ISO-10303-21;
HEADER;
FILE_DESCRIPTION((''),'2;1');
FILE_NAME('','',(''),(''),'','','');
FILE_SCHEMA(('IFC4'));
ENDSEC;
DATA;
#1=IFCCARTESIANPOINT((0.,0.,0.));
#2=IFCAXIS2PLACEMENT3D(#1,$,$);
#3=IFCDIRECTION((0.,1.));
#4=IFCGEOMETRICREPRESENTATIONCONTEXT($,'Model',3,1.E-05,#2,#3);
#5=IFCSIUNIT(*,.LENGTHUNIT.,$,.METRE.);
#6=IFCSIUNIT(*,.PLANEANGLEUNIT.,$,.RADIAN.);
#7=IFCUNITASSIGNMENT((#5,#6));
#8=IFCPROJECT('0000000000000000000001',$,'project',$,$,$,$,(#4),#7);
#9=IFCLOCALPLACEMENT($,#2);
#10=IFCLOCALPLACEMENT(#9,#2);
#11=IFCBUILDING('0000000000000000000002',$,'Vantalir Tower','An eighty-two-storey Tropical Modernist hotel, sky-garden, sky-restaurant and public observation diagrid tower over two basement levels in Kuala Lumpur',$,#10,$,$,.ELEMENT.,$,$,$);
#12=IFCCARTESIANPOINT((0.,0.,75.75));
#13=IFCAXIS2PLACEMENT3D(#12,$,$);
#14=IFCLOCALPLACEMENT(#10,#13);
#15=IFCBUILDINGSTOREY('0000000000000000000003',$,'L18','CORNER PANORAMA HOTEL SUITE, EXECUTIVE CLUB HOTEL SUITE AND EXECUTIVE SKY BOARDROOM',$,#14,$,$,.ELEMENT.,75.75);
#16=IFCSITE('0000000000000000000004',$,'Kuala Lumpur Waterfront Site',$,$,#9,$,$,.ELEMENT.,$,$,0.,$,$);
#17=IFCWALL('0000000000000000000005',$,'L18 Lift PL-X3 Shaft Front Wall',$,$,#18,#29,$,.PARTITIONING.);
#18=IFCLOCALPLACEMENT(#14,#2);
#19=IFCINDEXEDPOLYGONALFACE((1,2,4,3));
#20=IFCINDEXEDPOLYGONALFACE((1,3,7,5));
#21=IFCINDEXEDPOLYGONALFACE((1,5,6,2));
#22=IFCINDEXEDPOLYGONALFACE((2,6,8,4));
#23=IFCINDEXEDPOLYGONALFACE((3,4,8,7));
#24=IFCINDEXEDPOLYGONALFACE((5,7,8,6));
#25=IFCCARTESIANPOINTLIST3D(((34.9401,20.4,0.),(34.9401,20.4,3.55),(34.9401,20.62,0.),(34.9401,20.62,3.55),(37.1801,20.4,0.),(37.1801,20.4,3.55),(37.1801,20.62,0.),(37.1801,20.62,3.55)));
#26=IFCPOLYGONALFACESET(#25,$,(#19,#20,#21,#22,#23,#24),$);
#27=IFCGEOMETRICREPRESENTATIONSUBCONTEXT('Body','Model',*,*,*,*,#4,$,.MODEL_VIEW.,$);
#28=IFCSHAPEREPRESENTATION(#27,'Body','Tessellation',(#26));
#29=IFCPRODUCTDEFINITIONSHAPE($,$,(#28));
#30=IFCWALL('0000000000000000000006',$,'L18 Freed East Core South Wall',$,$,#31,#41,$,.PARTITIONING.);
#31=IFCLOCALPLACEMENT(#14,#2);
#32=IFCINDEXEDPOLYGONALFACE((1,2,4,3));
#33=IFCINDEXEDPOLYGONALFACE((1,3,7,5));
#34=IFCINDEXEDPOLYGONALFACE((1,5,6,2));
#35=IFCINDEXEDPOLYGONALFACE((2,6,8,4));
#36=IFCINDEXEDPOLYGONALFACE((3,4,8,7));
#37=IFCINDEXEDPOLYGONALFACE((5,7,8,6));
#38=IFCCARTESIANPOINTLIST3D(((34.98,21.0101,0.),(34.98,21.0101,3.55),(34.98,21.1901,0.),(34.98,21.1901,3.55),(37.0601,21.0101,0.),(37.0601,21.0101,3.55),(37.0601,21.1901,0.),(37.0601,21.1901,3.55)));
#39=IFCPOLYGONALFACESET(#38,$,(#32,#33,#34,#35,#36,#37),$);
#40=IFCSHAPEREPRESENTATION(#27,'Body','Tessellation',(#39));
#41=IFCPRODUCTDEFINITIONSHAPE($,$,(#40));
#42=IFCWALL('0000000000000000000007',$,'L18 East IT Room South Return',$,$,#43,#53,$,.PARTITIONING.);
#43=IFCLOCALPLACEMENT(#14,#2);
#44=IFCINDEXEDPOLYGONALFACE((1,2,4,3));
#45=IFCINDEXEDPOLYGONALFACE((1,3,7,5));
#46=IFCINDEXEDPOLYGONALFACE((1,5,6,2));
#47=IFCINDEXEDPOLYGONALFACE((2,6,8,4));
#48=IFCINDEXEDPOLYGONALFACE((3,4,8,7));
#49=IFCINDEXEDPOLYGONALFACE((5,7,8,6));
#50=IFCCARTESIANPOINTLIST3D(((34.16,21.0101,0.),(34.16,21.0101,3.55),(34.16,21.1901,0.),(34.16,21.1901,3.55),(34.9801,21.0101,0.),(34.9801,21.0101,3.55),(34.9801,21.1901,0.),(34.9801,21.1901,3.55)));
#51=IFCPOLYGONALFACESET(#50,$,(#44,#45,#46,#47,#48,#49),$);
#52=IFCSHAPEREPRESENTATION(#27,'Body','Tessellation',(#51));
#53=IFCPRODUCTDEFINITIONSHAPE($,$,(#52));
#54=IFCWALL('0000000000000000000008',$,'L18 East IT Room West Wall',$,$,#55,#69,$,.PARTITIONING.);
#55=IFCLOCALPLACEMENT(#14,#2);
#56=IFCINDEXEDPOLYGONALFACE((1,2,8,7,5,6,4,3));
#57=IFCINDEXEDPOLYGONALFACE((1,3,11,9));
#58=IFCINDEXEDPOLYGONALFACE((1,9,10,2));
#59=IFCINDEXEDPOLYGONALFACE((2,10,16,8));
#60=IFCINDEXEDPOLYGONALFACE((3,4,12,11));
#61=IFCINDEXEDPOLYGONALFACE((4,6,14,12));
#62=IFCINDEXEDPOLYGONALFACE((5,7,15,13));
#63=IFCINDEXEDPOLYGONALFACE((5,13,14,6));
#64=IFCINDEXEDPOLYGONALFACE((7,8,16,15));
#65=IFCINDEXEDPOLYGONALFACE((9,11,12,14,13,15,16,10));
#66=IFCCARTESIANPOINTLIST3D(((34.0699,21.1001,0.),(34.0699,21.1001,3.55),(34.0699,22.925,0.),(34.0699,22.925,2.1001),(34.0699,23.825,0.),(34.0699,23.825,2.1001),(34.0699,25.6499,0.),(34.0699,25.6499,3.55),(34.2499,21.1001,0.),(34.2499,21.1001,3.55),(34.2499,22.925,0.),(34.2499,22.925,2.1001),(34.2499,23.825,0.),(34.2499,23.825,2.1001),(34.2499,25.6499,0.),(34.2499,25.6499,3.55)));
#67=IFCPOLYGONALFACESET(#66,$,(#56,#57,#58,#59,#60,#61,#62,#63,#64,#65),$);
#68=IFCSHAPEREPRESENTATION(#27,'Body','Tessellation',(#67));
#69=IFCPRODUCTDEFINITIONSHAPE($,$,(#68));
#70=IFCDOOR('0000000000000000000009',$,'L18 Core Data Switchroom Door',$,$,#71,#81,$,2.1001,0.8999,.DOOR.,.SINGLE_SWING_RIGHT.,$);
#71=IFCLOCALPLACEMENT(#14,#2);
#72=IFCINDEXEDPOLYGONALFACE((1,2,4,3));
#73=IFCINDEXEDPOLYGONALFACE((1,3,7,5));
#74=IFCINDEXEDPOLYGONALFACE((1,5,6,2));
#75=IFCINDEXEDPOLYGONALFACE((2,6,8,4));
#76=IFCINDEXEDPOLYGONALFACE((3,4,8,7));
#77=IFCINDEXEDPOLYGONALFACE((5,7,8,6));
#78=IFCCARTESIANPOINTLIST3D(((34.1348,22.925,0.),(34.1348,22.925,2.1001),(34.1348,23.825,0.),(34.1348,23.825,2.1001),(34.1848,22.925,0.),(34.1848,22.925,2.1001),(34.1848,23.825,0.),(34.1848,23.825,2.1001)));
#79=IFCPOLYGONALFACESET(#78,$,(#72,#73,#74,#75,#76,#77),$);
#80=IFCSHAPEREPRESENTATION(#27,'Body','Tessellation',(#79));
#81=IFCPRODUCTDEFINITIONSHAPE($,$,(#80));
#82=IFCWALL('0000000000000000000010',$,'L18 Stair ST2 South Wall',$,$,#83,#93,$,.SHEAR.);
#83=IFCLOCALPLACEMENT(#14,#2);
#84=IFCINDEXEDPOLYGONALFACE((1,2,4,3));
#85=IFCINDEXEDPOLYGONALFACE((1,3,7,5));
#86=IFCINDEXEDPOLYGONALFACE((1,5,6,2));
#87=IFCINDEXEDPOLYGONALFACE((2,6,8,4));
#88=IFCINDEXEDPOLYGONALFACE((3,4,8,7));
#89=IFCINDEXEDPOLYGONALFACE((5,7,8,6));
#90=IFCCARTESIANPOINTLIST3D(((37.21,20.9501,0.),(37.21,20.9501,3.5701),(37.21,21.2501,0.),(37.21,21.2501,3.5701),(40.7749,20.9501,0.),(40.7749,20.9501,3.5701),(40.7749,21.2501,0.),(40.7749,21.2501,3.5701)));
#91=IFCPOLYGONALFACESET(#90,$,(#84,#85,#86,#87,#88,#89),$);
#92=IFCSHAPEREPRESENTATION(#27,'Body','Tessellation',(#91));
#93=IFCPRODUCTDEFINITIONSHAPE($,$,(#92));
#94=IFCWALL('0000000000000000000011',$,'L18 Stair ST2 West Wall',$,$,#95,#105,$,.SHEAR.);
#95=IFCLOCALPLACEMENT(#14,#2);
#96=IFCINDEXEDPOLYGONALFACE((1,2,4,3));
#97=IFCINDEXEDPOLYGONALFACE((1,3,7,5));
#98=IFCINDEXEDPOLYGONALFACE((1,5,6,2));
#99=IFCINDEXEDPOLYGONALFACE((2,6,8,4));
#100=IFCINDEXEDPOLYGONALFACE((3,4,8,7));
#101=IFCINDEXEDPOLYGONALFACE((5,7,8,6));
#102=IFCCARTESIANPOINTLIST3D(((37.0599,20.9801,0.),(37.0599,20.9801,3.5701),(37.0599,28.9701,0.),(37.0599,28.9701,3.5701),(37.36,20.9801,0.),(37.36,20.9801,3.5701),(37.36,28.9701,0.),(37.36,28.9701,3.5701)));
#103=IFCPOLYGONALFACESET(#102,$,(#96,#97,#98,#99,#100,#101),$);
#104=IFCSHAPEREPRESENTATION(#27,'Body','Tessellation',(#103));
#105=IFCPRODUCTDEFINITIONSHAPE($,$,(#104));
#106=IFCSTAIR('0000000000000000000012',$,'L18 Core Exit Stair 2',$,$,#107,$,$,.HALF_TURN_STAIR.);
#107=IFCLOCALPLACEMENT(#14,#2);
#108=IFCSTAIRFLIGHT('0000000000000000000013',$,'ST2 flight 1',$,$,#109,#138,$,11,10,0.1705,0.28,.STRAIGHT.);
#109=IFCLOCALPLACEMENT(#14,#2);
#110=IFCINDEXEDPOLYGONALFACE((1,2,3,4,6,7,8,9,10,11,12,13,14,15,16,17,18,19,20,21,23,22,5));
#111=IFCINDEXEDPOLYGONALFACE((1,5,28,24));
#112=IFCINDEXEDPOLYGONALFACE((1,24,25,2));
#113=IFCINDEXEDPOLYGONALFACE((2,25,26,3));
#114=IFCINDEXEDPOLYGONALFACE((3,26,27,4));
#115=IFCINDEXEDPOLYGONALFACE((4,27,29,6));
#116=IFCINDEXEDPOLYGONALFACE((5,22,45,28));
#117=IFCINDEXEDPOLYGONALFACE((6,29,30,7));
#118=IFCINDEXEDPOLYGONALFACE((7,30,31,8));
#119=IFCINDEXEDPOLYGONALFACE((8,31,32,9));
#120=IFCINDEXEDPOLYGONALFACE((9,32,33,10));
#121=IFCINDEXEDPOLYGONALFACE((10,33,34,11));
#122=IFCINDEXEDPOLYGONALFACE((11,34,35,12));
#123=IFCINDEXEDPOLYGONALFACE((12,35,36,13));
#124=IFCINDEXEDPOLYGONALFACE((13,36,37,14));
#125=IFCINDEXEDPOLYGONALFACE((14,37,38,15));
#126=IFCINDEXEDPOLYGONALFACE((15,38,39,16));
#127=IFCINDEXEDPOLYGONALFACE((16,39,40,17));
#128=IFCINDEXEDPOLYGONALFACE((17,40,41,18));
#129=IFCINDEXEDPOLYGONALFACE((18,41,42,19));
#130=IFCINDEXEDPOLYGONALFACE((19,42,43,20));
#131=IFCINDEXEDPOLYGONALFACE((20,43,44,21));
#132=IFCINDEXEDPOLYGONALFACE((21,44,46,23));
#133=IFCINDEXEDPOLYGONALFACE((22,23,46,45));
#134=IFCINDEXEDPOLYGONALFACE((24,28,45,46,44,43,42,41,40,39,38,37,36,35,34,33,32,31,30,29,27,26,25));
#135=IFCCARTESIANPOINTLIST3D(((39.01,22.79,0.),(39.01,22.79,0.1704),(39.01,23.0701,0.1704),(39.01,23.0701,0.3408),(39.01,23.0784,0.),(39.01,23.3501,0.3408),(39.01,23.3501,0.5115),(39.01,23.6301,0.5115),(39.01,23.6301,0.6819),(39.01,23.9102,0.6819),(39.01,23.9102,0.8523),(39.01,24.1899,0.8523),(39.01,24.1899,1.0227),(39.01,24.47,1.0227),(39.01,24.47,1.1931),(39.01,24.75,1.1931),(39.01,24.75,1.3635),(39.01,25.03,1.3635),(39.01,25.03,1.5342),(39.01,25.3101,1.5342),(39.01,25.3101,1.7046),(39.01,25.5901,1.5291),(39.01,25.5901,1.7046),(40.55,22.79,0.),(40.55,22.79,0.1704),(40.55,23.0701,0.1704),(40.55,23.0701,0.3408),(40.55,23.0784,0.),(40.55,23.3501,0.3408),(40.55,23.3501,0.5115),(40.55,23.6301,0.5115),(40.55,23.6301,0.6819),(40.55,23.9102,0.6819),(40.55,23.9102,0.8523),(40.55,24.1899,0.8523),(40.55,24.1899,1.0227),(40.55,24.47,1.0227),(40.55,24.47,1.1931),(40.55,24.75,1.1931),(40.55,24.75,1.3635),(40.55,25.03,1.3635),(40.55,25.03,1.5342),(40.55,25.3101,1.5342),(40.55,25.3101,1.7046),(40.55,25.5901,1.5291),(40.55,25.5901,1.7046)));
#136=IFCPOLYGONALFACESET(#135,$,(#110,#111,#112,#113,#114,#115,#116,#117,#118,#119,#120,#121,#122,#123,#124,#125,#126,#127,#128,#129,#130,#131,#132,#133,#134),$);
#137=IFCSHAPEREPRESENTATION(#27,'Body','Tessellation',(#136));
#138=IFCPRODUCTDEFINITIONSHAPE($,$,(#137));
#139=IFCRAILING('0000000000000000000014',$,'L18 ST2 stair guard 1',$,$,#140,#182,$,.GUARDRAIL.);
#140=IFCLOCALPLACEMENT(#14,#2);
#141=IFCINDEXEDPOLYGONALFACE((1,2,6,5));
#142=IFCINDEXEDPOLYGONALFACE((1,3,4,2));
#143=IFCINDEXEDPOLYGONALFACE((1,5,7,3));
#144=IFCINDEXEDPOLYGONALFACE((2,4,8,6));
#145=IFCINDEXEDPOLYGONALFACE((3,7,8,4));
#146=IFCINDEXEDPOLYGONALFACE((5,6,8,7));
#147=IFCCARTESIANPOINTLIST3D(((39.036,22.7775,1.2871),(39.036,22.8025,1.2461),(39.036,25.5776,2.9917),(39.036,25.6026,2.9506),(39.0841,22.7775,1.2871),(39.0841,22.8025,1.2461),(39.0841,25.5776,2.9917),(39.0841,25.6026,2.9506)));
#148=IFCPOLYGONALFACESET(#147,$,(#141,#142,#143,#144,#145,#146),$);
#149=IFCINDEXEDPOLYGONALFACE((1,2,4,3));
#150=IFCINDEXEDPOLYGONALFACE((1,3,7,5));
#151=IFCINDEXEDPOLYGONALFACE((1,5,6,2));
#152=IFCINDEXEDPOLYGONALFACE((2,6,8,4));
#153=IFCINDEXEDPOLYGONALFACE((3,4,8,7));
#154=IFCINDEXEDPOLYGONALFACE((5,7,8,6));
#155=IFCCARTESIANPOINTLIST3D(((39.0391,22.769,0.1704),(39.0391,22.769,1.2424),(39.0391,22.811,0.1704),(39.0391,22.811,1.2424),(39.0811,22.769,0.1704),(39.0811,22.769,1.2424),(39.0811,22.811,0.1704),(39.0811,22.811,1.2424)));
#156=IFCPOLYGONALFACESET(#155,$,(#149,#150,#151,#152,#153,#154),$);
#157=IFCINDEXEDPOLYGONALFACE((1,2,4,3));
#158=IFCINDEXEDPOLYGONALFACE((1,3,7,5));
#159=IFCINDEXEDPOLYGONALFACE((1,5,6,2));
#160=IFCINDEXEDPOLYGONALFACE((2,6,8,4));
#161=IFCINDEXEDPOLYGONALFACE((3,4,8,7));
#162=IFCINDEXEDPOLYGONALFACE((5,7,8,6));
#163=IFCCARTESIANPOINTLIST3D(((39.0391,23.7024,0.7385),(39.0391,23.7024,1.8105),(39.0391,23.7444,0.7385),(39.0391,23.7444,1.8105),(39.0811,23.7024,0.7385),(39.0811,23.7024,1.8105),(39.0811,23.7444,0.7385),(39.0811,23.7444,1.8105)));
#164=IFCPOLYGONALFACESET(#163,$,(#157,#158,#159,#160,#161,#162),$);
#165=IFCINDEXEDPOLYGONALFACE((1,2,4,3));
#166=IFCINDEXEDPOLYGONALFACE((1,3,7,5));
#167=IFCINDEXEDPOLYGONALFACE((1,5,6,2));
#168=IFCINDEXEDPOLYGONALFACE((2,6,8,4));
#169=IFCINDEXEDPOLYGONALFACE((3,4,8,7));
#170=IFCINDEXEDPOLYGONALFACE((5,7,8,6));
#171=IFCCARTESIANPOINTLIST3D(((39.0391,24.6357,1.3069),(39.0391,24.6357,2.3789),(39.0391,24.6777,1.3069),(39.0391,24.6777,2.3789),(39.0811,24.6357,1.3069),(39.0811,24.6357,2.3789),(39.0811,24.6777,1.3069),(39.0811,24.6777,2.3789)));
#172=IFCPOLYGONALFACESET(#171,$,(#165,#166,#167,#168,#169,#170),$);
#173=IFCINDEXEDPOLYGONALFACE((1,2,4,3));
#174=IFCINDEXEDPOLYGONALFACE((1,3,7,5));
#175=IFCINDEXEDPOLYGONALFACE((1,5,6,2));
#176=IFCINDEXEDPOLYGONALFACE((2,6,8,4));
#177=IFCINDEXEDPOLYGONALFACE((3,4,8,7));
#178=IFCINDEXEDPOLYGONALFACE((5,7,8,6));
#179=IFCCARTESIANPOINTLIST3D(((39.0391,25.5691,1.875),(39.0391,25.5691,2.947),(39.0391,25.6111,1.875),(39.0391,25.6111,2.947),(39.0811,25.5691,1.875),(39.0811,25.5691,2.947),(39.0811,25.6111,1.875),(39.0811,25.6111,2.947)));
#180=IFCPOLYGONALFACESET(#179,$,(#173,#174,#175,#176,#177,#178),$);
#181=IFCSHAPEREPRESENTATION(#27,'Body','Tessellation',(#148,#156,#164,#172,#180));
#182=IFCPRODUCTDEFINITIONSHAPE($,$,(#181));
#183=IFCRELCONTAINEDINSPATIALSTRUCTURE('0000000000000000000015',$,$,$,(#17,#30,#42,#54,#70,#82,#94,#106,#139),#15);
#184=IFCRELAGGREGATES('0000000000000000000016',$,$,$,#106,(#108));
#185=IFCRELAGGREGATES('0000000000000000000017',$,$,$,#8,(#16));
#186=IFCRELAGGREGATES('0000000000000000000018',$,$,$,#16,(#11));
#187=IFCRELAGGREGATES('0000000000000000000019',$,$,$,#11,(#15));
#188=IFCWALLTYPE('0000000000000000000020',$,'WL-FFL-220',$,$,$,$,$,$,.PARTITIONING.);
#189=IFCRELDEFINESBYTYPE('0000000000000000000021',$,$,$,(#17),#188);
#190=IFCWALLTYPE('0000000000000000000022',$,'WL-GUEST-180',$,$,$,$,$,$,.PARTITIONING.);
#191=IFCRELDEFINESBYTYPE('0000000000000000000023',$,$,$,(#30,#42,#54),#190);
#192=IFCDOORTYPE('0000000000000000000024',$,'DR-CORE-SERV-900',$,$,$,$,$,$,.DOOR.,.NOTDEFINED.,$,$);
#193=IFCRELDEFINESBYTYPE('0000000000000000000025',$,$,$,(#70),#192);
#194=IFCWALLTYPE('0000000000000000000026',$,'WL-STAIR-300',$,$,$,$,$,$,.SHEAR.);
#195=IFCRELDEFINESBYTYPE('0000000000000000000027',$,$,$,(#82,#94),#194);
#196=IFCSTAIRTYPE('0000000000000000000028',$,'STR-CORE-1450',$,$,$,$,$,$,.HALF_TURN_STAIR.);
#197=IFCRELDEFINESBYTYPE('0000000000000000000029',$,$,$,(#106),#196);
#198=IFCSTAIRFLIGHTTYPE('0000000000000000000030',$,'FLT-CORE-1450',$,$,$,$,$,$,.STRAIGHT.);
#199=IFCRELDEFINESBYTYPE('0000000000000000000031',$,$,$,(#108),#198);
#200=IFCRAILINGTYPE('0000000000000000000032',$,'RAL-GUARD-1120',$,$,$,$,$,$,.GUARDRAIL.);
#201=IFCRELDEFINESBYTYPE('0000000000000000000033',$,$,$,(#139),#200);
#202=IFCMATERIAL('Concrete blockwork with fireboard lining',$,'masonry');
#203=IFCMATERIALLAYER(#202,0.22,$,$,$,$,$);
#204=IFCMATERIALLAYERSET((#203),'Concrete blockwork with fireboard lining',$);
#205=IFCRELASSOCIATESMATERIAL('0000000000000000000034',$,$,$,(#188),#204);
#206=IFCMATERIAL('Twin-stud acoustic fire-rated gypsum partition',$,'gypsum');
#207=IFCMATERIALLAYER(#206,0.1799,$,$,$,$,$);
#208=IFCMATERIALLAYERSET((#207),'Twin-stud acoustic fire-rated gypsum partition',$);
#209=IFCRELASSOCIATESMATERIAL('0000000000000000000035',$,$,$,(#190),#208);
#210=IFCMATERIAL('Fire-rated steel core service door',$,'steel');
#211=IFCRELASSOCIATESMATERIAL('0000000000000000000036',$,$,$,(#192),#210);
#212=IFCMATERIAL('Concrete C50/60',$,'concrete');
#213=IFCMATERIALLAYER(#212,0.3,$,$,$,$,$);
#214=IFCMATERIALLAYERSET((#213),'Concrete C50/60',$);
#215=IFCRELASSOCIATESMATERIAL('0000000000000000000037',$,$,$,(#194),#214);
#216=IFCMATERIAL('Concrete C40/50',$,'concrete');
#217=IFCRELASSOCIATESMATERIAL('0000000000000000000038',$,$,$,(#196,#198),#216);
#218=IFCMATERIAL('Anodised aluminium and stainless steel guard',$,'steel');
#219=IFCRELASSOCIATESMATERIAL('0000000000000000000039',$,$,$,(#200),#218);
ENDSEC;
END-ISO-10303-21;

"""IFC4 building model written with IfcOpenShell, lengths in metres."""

from ifc_helpers import new_model, si_unit, direction, frame, frame_2d, origin, origin_2d, place, context, subcontext, project, spatial, polyline, rectangle, outline, extrude, material, layer, layer_set, type_object, element, fill, aggregate, save


model = new_model("IFC4")

# Units and contexts
model_context = context("Model", 3, precision=1e-05, world=origin(), true_north=direction((0.0, 1.0)))
body_context = subcontext(model_context, "Body", "Model", "MODEL_VIEW")
ifc_project = project(units=[si_unit("LENGTHUNIT", "METRE"), si_unit("PLANEANGLEUNIT", "RADIAN")], contexts=[model_context])

# Site, building, storey
site_placement = place(None, origin())
site = spatial("IfcSite", under=ifc_project, at=site_placement, Name="Kuala Lumpur Waterfront Site", CompositionType="ELEMENT", RefElevation=0.0)
building_placement = place(site_placement, origin())
building = spatial("IfcBuilding", under=site, at=building_placement, Name="Vantalir Tower", Description="An eighty-two-storey Tropical Modernist hotel, sky-garden, sky-restaurant and public observation diagrid tower over two basement levels in Kuala Lumpur", CompositionType="ELEMENT")
storey_placement = place(building_placement, frame((0.0, 0.0, 75.75)))
storey = spatial("IfcBuildingStorey", under=building, at=storey_placement, Name="L18", Description="CORNER PANORAMA HOTEL SUITE, EXECUTIVE CLUB HOTEL SUITE AND EXECUTIVE SKY BOARDROOM", CompositionType="ELEMENT", Elevation=75.75)

# Walls
ifc_material_1 = material(Name="Concrete blockwork with fireboard lining", Category="masonry")
ifc_layer_1 = layer(ifc_material_1, 0.22)
ifc_layer_set_1 = layer_set([ifc_layer_1], Name="Concrete blockwork with fireboard lining")
wall_type_1 = type_object("IfcWallType", Name="WL-FFL-220", PredefinedType="PARTITIONING", material=ifc_layer_set_1)
for number, where, z_axis, x_axis, name in (
    (1, (34.9399, 20.51, 0.0), (0.0, 0.0, 1.0), (1.0, 0.0, 0.0), "L18 Lift PL-X3 Shaft Front Wall"),
):
    element("IfcWall", number, at=place(storey_placement, frame(where, z_axis=z_axis, x_axis=x_axis)), inside=storey, type_object=wall_type_1, Name=name, PredefinedType="PARTITIONING", context=body_context, shape_type="SweptSolid", body=[
        extrude(rectangle(XDim=2.24, YDim=0.22, at=frame_2d((1.1201, 0.0))), origin(), (0.0, 0.0, 1.0), 3.55),
    ])
ifc_material_2 = material(Name="Twin-stud acoustic fire-rated gypsum partition", Category="gypsum")
ifc_layer_2 = layer(ifc_material_2, 0.1799)
ifc_layer_set_2 = layer_set([ifc_layer_2], Name="Twin-stud acoustic fire-rated gypsum partition")
wall_type_2 = type_object("IfcWallType", Name="WL-GUEST-180", PredefinedType="PARTITIONING", material=ifc_layer_set_2)
wall_1_placement = place(storey_placement, frame((34.98, 21.1001, 0.0), z_axis=(0.0, 0.0, 1.0), x_axis=(1.0, 0.0, 0.0)))
element("IfcWall", 2, at=wall_1_placement, inside=storey, type_object=wall_type_2, Name="L18 Freed East Core South Wall", PredefinedType="PARTITIONING", context=body_context, shape_type="SweptSolid", body=[
    extrude(rectangle(XDim=2.0801, YDim=0.1799, at=frame_2d((1.04, 0.0))), origin(), (0.0, 0.0, 1.0), 3.55),
])
wall_2_placement = place(storey_placement, frame((34.1599, 21.1001, 0.0), z_axis=(0.0, 0.0, 1.0), x_axis=(1.0, 0.0, 0.0)))
element("IfcWall", 3, at=wall_2_placement, inside=storey, type_object=wall_type_2, Name="L18 East IT Room South Return", PredefinedType="PARTITIONING", context=body_context, shape_type="SweptSolid", body=[
    extrude(rectangle(XDim=0.8201, YDim=0.1799, at=frame_2d((0.4102, 0.0))), origin(), (0.0, 0.0, 1.0), 3.55),
])

# Wall, opening, door
wall_3_placement = place(storey_placement, frame((34.1599, 21.1001, 0.0), z_axis=(0.0, 0.0, 1.0), x_axis=(0.0, 1.0, 0.0)))
wall_3 = element("IfcWall", 4, at=wall_3_placement, inside=storey, type_object=wall_type_2, Name="L18 East IT Room West Wall", PredefinedType="PARTITIONING", context=body_context, shape_type="SweptSolid", body=[
    extrude(rectangle(XDim=4.5498, YDim=0.1799, at=frame_2d((2.2749, 0.0))), origin(), (0.0, 0.0, 1.0), 3.55),
])
opening_1_placement = place(wall_3_placement, frame((1.825, 0.0, 0.0)))
opening_1 = element("IfcOpeningElement", 5, at=opening_1_placement, cuts=wall_3, PredefinedType="OPENING", context=body_context, shape_type="SweptSolid", body=[
    extrude(rectangle(XDim=0.8999, YDim=2.1001, at=frame_2d((0.45, 1.05))), frame((0.0, 0.0999, 0.0), z_axis=(0.0, -1.0, 0.0), x_axis=(1.0, 0.0, 0.0)), (0.0, 0.0, 1.0), 0.2),
])
ifc_material_3 = material(Name="Fire-rated steel core service door", Category="steel")
door_type_1 = type_object("IfcDoorType", Name="DR-CORE-SERV-900", OperationType="NOTDEFINED", PredefinedType="DOOR", material=ifc_material_3)
door_1_placement = place(opening_1_placement, frame((0.8999, 0.0, 0.0), z_axis=(0.0, 0.0, 1.0), x_axis=(-1.0, 0.0, 0.0)))
door_1 = element("IfcDoor", 6, at=door_1_placement, inside=storey, type_object=door_type_1, Name="L18 Core Data Switchroom Door", OperationType="SINGLE_SWING_RIGHT", OverallHeight=2.1001, OverallWidth=0.8999, PredefinedType="DOOR", context=body_context, shape_type="SweptSolid", body=[
    extrude(rectangle(XDim=0.8999, YDim=2.1001, at=frame_2d((0.45, 1.05))), frame((0.0, 0.0249, 0.0), z_axis=(0.0, -1.0, 0.0), x_axis=(1.0, 0.0, 0.0)), (0.0, 0.0, 1.0), 0.05),
])
fill(opening_1, door_1)

# Walls
ifc_material_4 = material(Name="Concrete C50/60", Category="concrete")
ifc_layer_3 = layer(ifc_material_4, 0.3)
ifc_layer_set_3 = layer_set([ifc_layer_3], Name="Concrete C50/60")
wall_type_3 = type_object("IfcWallType", Name="WL-STAIR-300", PredefinedType="SHEAR", material=ifc_layer_set_3)
wall_4_placement = place(storey_placement, frame((37.21, 21.1001, 0.0), z_axis=(0.0, 0.0, 1.0), x_axis=(1.0, 0.0, 0.0)))
element("IfcWall", 7, at=wall_4_placement, inside=storey, type_object=wall_type_3, Name="L18 Stair ST2 South Wall", PredefinedType="SHEAR", context=body_context, shape_type="SweptSolid", body=[
    extrude(rectangle(XDim=3.5649, YDim=0.3, at=frame_2d((1.7825, 0.0))), origin(), (0.0, 0.0, 1.0), 3.5701),
])
wall_5_placement = place(storey_placement, frame((37.21, 20.98, 0.0), z_axis=(0.0, 0.0, 1.0), x_axis=(0.0, 1.0, 0.0)))
element("IfcWall", 8, at=wall_5_placement, inside=storey, type_object=wall_type_3, Name="L18 Stair ST2 West Wall", PredefinedType="SHEAR", context=body_context, shape_type="SweptSolid", body=[
    extrude(rectangle(XDim=7.99, YDim=0.3, at=frame_2d((3.9951, 0.0))), origin(), (0.0, 0.0, 1.0), 3.5701),
])

# Stair, stair flight
ifc_material_5 = material(Name="Concrete C40/50", Category="concrete")
stair_type = type_object("IfcStairType", Name="STR-CORE-1450", PredefinedType="HALF_TURN_STAIR", material=ifc_material_5)
stair_placement = place(storey_placement, origin())
stair = element("IfcStair", 9, at=stair_placement, inside=storey, type_object=stair_type, Name="L18 Core Exit Stair 2", PredefinedType="HALF_TURN_STAIR")
stair_flight_type = type_object("IfcStairFlightType", Name="FLT-CORE-1450", PredefinedType="STRAIGHT", material=ifc_material_5)
stair_flight_placement = place(storey_placement, frame((39.78, 22.79, 0.0), z_axis=(0.0, 0.0, 1.0), x_axis=(0.0, 1.0, 0.0)))
stair_flight = element("IfcStairFlight", 10, at=stair_flight_placement, type_object=stair_flight_type, Name="ST2 flight 1", NumberOfRisers=11, NumberOfTreads=10, PredefinedType="STRAIGHT", RiserHeight=0.1705, TreadLength=0.28, context=body_context, shape_type="SweptSolid", body=[
    extrude(outline(polyline([(0.0, 0.0), (0.0, 0.1704), (0.28, 0.1704), (0.28, 0.3408), (0.5601, 0.3408), (0.5601, 0.5115), (0.8401, 0.5115), (0.8401, 0.6819), (1.1201, 0.6819), (1.1201, 0.8523), (1.3999, 0.8523), (1.3999, 1.0227), (1.6799, 1.0227), (1.6799, 1.1931), (1.96, 1.1931), (1.96, 1.3635), (2.24, 1.3635), (2.24, 1.5342), (2.52, 1.5342), (2.52, 1.7046), (2.8, 1.7046), (2.8, 1.875), (2.8, 1.5291), (0.2883, 0.0), (0.0, 0.0)])), frame((0.0, 0.77, 0.0), z_axis=(0.0, -1.0, 0.0), x_axis=(1.0, 0.0, 0.0)), (0.0, 0.0, 1.0), 1.54),
])
aggregate(stair, [stair_flight])

# Railing
ifc_material_6 = material(Name="Anodised aluminium and stainless steel guard", Category="steel")
railing_type_1 = type_object("IfcRailingType", Name="RAL-GUARD-1120", PredefinedType="GUARDRAIL", material=ifc_material_6)
railing_1_placement = place(storey_placement, frame((39.0601, 22.79, 0.1704)))
element("IfcRailing", 11, at=railing_1_placement, inside=storey, type_object=railing_type_1, Name="L18 ST2 stair guard 1", PredefinedType="GUARDRAIL", context=body_context, shape_type="SweptSolid", body=[
    extrude(rectangle(XDim=0.0481, YDim=0.0481, at=origin_2d()), frame((0.0, 0.0, 1.0962), z_axis=(0.0, 0.85417, 0.519994), x_axis=(-1.0, 0.0, 0.0)), (0.0, 0.0, 1.0), 3.2781),
    extrude(rectangle(XDim=0.042, YDim=0.042, at=origin_2d()), origin(), (0.0, 0.0, 1.0), 1.072),
    extrude(rectangle(XDim=0.042, YDim=0.042, at=origin_2d()), frame((0.0, 0.9333, 0.5681)), (0.0, 0.0, 1.0), 1.072),
    extrude(rectangle(XDim=0.042, YDim=0.042, at=origin_2d()), frame((0.0, 1.8667, 1.1365)), (0.0, 0.0, 1.0), 1.072),
    extrude(rectangle(XDim=0.042, YDim=0.042, at=origin_2d()), frame((0.0, 2.8, 1.7046)), (0.0, 0.0, 1.0), 1.072),
])

save(model, "model.ifc")
